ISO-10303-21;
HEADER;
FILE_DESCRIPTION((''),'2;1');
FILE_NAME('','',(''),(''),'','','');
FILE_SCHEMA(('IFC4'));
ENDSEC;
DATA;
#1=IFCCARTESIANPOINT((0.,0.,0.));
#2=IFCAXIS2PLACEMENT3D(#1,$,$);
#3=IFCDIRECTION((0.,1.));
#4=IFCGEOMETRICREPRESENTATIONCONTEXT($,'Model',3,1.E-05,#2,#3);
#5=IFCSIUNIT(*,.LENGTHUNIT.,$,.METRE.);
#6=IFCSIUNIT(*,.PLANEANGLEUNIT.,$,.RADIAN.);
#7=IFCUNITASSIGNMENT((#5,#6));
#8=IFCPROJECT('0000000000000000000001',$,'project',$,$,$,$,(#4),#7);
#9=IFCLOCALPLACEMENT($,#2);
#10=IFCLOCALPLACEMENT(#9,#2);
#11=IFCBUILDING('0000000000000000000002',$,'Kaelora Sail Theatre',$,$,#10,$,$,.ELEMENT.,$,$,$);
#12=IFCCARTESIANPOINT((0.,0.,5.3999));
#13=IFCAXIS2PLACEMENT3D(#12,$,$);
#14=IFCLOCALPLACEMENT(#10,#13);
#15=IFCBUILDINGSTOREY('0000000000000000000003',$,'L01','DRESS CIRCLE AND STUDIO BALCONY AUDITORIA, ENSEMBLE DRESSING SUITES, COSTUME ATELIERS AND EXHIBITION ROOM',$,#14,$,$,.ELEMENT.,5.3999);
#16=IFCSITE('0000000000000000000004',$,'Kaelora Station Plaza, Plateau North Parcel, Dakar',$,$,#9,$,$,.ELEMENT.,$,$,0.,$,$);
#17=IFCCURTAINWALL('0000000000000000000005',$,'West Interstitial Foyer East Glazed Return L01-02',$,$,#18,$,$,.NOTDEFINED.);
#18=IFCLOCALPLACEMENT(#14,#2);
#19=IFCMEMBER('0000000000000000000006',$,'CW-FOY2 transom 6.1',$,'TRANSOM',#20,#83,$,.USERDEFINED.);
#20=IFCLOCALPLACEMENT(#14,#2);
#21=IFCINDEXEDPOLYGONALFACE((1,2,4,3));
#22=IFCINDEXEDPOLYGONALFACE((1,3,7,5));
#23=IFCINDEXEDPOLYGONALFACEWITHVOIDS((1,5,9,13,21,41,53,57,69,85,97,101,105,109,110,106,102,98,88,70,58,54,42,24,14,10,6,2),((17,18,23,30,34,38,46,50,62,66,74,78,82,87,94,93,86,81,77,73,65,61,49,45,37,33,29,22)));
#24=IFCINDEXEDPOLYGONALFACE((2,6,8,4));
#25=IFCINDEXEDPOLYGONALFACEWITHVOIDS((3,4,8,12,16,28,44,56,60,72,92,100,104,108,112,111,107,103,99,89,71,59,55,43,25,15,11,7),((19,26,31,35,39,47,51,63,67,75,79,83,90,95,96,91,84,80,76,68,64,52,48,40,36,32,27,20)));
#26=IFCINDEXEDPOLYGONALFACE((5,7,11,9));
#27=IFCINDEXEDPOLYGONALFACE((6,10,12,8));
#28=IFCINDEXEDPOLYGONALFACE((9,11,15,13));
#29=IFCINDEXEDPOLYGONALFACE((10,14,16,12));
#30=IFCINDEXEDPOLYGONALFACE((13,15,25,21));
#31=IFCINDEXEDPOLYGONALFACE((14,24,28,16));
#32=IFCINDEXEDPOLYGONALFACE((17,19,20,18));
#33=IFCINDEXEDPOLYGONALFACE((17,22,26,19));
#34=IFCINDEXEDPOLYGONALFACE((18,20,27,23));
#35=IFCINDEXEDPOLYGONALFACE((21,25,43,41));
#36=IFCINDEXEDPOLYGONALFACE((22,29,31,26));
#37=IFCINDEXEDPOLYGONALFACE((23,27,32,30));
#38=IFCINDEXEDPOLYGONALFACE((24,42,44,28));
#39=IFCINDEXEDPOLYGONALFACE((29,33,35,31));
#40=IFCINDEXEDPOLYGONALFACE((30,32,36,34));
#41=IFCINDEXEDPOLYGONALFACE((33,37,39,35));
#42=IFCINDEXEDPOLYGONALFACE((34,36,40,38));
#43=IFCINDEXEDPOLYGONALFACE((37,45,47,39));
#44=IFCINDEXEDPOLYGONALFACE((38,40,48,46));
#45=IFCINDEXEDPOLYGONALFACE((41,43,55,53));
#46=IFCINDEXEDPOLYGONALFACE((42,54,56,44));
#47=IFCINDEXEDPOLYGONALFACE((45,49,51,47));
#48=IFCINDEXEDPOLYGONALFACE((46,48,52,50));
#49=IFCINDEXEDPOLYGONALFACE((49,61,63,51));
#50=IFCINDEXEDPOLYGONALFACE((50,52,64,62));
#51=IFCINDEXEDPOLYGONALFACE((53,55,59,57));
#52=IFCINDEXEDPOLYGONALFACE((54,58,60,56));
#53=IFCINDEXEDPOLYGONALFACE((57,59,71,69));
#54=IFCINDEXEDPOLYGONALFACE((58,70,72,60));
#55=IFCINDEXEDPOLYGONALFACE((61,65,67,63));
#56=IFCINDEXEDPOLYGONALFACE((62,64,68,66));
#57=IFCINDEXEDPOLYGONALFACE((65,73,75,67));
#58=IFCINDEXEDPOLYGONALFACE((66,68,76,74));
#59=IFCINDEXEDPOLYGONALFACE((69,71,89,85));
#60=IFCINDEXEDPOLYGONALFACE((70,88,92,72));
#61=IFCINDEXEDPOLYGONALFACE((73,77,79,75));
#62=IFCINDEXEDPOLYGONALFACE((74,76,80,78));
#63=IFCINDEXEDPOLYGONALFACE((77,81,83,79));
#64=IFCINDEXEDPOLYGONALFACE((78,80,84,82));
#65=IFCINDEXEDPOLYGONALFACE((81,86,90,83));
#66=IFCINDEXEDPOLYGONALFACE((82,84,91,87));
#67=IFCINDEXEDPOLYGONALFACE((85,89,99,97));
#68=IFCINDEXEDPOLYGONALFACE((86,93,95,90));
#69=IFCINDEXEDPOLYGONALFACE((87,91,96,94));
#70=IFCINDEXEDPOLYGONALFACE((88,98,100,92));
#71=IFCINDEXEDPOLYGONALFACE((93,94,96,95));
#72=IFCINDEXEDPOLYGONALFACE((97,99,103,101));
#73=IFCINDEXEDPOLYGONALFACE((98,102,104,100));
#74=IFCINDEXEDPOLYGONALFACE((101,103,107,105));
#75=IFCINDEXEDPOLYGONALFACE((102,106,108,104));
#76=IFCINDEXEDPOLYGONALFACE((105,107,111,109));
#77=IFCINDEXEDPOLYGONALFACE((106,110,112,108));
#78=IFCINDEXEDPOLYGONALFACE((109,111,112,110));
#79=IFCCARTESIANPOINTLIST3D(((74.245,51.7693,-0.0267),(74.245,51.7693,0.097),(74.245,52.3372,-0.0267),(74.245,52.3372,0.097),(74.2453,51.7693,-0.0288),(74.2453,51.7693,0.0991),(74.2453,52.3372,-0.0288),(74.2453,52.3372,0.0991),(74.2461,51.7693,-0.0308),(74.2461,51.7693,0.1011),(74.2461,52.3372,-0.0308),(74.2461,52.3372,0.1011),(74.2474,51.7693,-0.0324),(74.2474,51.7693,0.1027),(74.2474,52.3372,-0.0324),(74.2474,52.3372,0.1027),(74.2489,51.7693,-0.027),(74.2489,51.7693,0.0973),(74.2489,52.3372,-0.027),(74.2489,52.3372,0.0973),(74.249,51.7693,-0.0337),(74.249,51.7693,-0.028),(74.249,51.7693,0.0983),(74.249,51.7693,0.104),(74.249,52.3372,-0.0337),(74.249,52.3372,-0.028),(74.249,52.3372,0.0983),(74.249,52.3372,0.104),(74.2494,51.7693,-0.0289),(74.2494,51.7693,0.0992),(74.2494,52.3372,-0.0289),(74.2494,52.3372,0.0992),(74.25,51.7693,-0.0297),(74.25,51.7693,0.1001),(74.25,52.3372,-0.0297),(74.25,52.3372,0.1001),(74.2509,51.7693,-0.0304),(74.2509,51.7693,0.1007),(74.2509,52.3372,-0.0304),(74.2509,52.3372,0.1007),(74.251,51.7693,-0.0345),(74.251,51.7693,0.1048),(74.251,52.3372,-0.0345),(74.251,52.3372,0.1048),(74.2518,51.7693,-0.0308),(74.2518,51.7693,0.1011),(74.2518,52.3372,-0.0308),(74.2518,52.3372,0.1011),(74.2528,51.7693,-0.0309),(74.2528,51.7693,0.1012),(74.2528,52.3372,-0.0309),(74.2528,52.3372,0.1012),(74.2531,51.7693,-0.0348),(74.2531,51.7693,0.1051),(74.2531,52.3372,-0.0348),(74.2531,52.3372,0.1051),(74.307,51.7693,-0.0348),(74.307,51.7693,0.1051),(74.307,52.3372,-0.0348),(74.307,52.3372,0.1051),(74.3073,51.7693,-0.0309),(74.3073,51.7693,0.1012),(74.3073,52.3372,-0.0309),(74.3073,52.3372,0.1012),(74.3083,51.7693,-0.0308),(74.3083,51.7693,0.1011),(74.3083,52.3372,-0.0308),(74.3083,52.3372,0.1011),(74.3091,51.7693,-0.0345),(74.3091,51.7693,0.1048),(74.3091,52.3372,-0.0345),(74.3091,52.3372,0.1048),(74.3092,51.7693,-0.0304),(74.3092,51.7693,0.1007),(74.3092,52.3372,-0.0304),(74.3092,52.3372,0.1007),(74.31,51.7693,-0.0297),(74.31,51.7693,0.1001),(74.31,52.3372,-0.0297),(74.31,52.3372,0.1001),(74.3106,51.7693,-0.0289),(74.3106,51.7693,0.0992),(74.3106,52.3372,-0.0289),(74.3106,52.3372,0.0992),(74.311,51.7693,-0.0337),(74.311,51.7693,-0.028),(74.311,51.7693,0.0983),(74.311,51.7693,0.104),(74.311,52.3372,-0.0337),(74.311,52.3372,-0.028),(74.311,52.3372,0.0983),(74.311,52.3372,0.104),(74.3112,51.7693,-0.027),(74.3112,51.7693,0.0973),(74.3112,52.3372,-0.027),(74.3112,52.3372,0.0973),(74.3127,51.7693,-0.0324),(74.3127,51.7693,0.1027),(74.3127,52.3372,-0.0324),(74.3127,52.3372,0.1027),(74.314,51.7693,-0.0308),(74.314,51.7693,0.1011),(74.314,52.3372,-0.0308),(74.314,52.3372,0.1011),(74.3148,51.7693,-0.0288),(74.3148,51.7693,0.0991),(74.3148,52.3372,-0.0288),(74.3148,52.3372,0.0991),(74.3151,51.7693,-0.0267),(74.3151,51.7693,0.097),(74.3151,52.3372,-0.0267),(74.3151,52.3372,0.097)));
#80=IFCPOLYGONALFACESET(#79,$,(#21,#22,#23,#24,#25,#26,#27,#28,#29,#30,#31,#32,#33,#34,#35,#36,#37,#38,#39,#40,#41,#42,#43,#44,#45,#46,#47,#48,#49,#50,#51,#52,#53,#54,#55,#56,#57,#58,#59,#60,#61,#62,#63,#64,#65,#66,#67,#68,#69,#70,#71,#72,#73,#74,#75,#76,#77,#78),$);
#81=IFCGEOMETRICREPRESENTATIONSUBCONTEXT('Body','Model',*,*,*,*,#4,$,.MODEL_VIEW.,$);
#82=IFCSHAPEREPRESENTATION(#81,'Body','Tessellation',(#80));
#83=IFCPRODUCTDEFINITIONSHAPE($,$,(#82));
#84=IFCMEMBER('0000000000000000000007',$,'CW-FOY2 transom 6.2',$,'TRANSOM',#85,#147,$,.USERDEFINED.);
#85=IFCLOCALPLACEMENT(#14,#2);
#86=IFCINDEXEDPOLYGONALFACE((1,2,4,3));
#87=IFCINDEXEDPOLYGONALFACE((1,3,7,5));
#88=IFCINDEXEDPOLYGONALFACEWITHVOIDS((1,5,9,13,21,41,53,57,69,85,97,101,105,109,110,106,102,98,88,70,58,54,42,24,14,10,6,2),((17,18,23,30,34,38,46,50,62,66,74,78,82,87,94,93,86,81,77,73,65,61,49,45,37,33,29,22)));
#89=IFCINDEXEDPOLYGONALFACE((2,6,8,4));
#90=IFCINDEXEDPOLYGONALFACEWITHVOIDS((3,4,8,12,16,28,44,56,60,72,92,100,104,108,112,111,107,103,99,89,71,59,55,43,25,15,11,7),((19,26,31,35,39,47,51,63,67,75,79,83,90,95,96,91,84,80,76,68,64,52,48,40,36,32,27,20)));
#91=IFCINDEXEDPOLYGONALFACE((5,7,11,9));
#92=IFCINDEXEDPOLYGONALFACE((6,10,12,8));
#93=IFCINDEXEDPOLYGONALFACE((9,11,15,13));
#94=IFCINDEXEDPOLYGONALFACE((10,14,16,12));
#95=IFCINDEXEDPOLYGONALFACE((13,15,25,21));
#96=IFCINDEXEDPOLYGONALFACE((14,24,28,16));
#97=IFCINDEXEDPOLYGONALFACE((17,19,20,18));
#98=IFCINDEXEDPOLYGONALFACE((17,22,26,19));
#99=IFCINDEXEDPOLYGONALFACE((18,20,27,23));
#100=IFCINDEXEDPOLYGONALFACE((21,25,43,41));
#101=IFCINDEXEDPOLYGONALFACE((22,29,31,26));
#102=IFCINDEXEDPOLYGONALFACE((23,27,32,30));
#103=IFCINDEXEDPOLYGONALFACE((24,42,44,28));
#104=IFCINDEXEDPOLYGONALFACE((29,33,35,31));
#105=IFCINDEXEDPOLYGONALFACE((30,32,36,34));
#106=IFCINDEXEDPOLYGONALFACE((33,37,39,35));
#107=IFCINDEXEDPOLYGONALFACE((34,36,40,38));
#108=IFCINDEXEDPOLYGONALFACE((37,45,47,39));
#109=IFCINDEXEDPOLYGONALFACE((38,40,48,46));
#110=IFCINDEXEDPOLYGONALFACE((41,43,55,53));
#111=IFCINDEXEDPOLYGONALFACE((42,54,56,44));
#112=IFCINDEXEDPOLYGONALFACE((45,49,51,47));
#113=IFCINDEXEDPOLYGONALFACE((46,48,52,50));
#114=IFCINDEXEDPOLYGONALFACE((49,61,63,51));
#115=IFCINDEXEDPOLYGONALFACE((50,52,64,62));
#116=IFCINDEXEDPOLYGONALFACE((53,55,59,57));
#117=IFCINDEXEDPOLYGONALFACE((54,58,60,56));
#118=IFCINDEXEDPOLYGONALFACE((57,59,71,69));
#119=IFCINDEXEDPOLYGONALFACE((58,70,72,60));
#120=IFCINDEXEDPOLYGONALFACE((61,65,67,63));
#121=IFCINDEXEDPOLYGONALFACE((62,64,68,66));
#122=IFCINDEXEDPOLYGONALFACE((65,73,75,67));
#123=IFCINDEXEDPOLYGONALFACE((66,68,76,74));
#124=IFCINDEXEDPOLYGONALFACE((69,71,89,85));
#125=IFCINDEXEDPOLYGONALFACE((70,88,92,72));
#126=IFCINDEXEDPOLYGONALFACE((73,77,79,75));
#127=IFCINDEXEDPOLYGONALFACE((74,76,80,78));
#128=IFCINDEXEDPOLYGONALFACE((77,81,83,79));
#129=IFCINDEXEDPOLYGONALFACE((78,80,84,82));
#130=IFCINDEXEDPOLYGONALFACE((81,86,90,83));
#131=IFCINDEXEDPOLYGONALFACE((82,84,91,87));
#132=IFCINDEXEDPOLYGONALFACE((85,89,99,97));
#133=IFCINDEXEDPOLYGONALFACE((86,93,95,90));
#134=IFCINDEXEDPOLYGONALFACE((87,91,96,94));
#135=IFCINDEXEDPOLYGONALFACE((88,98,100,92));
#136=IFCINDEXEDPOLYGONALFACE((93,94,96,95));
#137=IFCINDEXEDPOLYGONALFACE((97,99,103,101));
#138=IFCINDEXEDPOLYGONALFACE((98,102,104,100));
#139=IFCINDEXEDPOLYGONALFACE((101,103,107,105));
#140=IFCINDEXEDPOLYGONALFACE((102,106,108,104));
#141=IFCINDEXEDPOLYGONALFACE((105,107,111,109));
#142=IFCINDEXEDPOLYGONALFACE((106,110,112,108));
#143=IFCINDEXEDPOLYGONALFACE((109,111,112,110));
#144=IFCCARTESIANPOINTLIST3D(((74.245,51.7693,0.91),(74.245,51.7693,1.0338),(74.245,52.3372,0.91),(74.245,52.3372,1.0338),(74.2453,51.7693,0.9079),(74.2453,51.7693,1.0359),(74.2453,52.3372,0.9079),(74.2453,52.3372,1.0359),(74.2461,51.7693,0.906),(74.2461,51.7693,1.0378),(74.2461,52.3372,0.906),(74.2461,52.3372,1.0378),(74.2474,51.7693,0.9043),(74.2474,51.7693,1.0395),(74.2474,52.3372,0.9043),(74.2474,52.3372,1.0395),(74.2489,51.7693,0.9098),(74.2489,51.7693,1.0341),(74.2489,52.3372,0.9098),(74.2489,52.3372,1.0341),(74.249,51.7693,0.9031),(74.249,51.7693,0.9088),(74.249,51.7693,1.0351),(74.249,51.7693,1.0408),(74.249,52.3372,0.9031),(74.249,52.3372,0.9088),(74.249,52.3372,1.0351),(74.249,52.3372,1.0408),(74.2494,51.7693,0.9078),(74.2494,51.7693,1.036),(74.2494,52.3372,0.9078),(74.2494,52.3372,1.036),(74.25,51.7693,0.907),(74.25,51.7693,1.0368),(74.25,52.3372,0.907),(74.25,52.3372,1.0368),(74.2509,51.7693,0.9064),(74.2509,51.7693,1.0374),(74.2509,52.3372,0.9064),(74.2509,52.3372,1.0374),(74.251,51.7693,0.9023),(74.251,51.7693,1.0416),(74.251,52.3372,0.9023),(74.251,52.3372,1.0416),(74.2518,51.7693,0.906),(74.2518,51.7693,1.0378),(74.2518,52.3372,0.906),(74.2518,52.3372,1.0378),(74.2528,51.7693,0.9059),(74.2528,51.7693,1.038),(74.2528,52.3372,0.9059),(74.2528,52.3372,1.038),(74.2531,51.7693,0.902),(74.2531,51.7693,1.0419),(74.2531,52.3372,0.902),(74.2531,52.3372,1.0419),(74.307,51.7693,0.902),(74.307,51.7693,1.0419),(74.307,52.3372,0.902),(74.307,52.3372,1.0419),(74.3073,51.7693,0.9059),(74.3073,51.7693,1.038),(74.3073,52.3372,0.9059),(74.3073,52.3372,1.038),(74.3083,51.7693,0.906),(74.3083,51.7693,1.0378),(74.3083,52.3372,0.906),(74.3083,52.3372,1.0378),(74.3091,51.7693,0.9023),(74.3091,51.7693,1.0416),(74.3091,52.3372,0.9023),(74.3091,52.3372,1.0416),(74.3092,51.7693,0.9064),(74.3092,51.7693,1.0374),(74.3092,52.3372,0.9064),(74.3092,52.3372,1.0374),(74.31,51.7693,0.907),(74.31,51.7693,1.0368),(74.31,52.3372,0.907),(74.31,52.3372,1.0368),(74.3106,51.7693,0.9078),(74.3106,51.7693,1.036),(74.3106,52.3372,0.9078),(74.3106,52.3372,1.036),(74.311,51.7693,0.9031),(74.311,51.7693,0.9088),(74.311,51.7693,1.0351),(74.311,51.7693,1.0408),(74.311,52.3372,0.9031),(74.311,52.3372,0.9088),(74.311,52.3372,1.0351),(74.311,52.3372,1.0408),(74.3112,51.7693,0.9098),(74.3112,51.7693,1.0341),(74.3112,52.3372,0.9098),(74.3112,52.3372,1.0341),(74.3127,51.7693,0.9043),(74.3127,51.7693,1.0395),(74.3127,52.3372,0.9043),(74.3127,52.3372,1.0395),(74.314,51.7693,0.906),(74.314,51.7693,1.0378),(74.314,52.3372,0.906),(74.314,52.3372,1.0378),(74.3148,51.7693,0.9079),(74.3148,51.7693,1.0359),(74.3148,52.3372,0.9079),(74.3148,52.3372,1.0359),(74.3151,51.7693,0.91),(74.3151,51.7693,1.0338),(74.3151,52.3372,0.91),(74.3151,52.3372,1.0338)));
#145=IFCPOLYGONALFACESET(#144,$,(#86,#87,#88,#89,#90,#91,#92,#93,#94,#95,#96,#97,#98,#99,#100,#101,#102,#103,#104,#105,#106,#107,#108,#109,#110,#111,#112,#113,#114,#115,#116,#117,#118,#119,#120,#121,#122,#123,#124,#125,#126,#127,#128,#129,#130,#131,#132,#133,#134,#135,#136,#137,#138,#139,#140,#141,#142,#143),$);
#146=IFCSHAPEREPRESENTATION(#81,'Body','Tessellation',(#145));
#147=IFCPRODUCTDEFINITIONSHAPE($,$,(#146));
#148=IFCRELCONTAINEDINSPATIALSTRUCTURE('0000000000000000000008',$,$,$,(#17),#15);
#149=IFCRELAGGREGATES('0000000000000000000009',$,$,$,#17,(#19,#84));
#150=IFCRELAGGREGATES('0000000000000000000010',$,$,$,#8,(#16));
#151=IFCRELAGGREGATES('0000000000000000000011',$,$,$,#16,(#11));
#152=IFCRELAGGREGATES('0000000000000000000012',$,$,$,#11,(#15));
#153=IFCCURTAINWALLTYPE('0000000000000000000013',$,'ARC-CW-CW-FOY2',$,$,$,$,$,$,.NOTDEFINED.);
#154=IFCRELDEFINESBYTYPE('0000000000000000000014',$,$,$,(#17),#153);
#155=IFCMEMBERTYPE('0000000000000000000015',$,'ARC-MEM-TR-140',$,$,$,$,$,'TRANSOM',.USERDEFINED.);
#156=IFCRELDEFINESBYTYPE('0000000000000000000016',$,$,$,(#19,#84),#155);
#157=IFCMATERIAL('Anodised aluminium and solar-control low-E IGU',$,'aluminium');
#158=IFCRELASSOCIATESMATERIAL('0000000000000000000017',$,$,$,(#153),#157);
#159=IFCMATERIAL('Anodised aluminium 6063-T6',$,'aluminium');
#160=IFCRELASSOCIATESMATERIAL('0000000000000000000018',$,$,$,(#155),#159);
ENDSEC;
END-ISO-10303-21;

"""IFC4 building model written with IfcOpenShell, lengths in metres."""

from ifc_helpers import new_model, si_unit, direction, frame, origin, origin_2d, place, context, subcontext, project, spatial, hollow_rectangle, extrude, material, material_profile, profile_set, type_object, element, aggregate, save


model = new_model("IFC4")

# Units and contexts
model_context = context("Model", 3, precision=1e-05, world=origin(), true_north=direction((0.0, 1.0)))
body_context = subcontext(model_context, "Body", "Model", "MODEL_VIEW")
ifc_project = project(units=[si_unit("LENGTHUNIT", "METRE"), si_unit("PLANEANGLEUNIT", "RADIAN")], contexts=[model_context])

# Site, building, storey
site_placement = place(None, origin())
site = spatial("IfcSite", under=ifc_project, at=site_placement, Name="Kaelora Station Plaza, Plateau North Parcel, Dakar", CompositionType="ELEMENT", RefElevation=0.0)
building_placement = place(site_placement, origin())
building = spatial("IfcBuilding", under=site, at=building_placement, Name="Kaelora Sail Theatre", CompositionType="ELEMENT")
storey_placement = place(building_placement, frame((0.0, 0.0, 5.3999)))
storey = spatial("IfcBuildingStorey", under=building, at=storey_placement, Name="L01", Description="DRESS CIRCLE AND STUDIO BALCONY AUDITORIA, ENSEMBLE DRESSING SUITES, COSTUME ATELIERS AND EXHIBITION ROOM", CompositionType="ELEMENT", Elevation=5.3999)

# Curtain wall, members
ifc_material_1 = material(Name="Anodised aluminium and solar-control low-E IGU", Category="aluminium")
curtain_wall_type = type_object("IfcCurtainWallType", Name="ARC-CW-CW-FOY2", PredefinedType="NOTDEFINED", material=ifc_material_1)
curtain_wall_placement = place(storey_placement, origin())
curtain_wall = element("IfcCurtainWall", 1, at=curtain_wall_placement, inside=storey, type_object=curtain_wall_type, Name="West Interstitial Foyer East Glazed Return L01-02", PredefinedType="NOTDEFINED")
ifc_material_2 = material(Name="Anodised aluminium 6063-T6", Category="aluminium")
ifc_material_profile_1 = material_profile(ifc_material_2, hollow_rectangle(XDim=0.0701, YDim=0.1399, WallThickness=0.0039, InnerFilletRadius=0.0039, OuterFilletRadius=0.0081, at=origin_2d()), Name="ALU-TRAN 70x140x4")
ifc_profile_set_1 = profile_set([ifc_material_profile_1], Name="Anodised aluminium 6063-T6")
member_type_1 = type_object("IfcMemberType", Name="ARC-MEM-TR-140", ElementType="TRANSOM", PredefinedType="USERDEFINED", material=ifc_profile_set_1)
member_1_placement = place(storey_placement, frame((74.28, 51.7693, 0.0352), z_axis=(0.0, 1.0, 0.0), x_axis=(-1.0, 0.0, 0.0)))
member_1 = element("IfcMember", 2, at=member_1_placement, type_object=member_type_1, Name="CW-FOY2 transom 6.1", ObjectType="TRANSOM", PredefinedType="USERDEFINED", context=body_context, shape_type="SweptSolid", body=[
    extrude(hollow_rectangle(XDim=0.0701, YDim=0.1399, WallThickness=0.0039, InnerFilletRadius=0.0039, OuterFilletRadius=0.0081, at=origin_2d()), origin(), (0.0, 0.0, 1.0), 0.5679),
])
member_2_placement = place(storey_placement, frame((74.28, 51.7693, 0.9719), z_axis=(0.0, 1.0, 0.0), x_axis=(-1.0, 0.0, 0.0)))
member_2 = element("IfcMember", 3, at=member_2_placement, type_object=member_type_1, Name="CW-FOY2 transom 6.2", ObjectType="TRANSOM", PredefinedType="USERDEFINED", context=body_context, shape_type="SweptSolid", body=[
    extrude(hollow_rectangle(XDim=0.0701, YDim=0.1399, WallThickness=0.0039, InnerFilletRadius=0.0039, OuterFilletRadius=0.0081, at=origin_2d()), origin(), (0.0, 0.0, 1.0), 0.5679),
])

aggregate(curtain_wall, [member_1, member_2])

save(model, "model.ifc")
